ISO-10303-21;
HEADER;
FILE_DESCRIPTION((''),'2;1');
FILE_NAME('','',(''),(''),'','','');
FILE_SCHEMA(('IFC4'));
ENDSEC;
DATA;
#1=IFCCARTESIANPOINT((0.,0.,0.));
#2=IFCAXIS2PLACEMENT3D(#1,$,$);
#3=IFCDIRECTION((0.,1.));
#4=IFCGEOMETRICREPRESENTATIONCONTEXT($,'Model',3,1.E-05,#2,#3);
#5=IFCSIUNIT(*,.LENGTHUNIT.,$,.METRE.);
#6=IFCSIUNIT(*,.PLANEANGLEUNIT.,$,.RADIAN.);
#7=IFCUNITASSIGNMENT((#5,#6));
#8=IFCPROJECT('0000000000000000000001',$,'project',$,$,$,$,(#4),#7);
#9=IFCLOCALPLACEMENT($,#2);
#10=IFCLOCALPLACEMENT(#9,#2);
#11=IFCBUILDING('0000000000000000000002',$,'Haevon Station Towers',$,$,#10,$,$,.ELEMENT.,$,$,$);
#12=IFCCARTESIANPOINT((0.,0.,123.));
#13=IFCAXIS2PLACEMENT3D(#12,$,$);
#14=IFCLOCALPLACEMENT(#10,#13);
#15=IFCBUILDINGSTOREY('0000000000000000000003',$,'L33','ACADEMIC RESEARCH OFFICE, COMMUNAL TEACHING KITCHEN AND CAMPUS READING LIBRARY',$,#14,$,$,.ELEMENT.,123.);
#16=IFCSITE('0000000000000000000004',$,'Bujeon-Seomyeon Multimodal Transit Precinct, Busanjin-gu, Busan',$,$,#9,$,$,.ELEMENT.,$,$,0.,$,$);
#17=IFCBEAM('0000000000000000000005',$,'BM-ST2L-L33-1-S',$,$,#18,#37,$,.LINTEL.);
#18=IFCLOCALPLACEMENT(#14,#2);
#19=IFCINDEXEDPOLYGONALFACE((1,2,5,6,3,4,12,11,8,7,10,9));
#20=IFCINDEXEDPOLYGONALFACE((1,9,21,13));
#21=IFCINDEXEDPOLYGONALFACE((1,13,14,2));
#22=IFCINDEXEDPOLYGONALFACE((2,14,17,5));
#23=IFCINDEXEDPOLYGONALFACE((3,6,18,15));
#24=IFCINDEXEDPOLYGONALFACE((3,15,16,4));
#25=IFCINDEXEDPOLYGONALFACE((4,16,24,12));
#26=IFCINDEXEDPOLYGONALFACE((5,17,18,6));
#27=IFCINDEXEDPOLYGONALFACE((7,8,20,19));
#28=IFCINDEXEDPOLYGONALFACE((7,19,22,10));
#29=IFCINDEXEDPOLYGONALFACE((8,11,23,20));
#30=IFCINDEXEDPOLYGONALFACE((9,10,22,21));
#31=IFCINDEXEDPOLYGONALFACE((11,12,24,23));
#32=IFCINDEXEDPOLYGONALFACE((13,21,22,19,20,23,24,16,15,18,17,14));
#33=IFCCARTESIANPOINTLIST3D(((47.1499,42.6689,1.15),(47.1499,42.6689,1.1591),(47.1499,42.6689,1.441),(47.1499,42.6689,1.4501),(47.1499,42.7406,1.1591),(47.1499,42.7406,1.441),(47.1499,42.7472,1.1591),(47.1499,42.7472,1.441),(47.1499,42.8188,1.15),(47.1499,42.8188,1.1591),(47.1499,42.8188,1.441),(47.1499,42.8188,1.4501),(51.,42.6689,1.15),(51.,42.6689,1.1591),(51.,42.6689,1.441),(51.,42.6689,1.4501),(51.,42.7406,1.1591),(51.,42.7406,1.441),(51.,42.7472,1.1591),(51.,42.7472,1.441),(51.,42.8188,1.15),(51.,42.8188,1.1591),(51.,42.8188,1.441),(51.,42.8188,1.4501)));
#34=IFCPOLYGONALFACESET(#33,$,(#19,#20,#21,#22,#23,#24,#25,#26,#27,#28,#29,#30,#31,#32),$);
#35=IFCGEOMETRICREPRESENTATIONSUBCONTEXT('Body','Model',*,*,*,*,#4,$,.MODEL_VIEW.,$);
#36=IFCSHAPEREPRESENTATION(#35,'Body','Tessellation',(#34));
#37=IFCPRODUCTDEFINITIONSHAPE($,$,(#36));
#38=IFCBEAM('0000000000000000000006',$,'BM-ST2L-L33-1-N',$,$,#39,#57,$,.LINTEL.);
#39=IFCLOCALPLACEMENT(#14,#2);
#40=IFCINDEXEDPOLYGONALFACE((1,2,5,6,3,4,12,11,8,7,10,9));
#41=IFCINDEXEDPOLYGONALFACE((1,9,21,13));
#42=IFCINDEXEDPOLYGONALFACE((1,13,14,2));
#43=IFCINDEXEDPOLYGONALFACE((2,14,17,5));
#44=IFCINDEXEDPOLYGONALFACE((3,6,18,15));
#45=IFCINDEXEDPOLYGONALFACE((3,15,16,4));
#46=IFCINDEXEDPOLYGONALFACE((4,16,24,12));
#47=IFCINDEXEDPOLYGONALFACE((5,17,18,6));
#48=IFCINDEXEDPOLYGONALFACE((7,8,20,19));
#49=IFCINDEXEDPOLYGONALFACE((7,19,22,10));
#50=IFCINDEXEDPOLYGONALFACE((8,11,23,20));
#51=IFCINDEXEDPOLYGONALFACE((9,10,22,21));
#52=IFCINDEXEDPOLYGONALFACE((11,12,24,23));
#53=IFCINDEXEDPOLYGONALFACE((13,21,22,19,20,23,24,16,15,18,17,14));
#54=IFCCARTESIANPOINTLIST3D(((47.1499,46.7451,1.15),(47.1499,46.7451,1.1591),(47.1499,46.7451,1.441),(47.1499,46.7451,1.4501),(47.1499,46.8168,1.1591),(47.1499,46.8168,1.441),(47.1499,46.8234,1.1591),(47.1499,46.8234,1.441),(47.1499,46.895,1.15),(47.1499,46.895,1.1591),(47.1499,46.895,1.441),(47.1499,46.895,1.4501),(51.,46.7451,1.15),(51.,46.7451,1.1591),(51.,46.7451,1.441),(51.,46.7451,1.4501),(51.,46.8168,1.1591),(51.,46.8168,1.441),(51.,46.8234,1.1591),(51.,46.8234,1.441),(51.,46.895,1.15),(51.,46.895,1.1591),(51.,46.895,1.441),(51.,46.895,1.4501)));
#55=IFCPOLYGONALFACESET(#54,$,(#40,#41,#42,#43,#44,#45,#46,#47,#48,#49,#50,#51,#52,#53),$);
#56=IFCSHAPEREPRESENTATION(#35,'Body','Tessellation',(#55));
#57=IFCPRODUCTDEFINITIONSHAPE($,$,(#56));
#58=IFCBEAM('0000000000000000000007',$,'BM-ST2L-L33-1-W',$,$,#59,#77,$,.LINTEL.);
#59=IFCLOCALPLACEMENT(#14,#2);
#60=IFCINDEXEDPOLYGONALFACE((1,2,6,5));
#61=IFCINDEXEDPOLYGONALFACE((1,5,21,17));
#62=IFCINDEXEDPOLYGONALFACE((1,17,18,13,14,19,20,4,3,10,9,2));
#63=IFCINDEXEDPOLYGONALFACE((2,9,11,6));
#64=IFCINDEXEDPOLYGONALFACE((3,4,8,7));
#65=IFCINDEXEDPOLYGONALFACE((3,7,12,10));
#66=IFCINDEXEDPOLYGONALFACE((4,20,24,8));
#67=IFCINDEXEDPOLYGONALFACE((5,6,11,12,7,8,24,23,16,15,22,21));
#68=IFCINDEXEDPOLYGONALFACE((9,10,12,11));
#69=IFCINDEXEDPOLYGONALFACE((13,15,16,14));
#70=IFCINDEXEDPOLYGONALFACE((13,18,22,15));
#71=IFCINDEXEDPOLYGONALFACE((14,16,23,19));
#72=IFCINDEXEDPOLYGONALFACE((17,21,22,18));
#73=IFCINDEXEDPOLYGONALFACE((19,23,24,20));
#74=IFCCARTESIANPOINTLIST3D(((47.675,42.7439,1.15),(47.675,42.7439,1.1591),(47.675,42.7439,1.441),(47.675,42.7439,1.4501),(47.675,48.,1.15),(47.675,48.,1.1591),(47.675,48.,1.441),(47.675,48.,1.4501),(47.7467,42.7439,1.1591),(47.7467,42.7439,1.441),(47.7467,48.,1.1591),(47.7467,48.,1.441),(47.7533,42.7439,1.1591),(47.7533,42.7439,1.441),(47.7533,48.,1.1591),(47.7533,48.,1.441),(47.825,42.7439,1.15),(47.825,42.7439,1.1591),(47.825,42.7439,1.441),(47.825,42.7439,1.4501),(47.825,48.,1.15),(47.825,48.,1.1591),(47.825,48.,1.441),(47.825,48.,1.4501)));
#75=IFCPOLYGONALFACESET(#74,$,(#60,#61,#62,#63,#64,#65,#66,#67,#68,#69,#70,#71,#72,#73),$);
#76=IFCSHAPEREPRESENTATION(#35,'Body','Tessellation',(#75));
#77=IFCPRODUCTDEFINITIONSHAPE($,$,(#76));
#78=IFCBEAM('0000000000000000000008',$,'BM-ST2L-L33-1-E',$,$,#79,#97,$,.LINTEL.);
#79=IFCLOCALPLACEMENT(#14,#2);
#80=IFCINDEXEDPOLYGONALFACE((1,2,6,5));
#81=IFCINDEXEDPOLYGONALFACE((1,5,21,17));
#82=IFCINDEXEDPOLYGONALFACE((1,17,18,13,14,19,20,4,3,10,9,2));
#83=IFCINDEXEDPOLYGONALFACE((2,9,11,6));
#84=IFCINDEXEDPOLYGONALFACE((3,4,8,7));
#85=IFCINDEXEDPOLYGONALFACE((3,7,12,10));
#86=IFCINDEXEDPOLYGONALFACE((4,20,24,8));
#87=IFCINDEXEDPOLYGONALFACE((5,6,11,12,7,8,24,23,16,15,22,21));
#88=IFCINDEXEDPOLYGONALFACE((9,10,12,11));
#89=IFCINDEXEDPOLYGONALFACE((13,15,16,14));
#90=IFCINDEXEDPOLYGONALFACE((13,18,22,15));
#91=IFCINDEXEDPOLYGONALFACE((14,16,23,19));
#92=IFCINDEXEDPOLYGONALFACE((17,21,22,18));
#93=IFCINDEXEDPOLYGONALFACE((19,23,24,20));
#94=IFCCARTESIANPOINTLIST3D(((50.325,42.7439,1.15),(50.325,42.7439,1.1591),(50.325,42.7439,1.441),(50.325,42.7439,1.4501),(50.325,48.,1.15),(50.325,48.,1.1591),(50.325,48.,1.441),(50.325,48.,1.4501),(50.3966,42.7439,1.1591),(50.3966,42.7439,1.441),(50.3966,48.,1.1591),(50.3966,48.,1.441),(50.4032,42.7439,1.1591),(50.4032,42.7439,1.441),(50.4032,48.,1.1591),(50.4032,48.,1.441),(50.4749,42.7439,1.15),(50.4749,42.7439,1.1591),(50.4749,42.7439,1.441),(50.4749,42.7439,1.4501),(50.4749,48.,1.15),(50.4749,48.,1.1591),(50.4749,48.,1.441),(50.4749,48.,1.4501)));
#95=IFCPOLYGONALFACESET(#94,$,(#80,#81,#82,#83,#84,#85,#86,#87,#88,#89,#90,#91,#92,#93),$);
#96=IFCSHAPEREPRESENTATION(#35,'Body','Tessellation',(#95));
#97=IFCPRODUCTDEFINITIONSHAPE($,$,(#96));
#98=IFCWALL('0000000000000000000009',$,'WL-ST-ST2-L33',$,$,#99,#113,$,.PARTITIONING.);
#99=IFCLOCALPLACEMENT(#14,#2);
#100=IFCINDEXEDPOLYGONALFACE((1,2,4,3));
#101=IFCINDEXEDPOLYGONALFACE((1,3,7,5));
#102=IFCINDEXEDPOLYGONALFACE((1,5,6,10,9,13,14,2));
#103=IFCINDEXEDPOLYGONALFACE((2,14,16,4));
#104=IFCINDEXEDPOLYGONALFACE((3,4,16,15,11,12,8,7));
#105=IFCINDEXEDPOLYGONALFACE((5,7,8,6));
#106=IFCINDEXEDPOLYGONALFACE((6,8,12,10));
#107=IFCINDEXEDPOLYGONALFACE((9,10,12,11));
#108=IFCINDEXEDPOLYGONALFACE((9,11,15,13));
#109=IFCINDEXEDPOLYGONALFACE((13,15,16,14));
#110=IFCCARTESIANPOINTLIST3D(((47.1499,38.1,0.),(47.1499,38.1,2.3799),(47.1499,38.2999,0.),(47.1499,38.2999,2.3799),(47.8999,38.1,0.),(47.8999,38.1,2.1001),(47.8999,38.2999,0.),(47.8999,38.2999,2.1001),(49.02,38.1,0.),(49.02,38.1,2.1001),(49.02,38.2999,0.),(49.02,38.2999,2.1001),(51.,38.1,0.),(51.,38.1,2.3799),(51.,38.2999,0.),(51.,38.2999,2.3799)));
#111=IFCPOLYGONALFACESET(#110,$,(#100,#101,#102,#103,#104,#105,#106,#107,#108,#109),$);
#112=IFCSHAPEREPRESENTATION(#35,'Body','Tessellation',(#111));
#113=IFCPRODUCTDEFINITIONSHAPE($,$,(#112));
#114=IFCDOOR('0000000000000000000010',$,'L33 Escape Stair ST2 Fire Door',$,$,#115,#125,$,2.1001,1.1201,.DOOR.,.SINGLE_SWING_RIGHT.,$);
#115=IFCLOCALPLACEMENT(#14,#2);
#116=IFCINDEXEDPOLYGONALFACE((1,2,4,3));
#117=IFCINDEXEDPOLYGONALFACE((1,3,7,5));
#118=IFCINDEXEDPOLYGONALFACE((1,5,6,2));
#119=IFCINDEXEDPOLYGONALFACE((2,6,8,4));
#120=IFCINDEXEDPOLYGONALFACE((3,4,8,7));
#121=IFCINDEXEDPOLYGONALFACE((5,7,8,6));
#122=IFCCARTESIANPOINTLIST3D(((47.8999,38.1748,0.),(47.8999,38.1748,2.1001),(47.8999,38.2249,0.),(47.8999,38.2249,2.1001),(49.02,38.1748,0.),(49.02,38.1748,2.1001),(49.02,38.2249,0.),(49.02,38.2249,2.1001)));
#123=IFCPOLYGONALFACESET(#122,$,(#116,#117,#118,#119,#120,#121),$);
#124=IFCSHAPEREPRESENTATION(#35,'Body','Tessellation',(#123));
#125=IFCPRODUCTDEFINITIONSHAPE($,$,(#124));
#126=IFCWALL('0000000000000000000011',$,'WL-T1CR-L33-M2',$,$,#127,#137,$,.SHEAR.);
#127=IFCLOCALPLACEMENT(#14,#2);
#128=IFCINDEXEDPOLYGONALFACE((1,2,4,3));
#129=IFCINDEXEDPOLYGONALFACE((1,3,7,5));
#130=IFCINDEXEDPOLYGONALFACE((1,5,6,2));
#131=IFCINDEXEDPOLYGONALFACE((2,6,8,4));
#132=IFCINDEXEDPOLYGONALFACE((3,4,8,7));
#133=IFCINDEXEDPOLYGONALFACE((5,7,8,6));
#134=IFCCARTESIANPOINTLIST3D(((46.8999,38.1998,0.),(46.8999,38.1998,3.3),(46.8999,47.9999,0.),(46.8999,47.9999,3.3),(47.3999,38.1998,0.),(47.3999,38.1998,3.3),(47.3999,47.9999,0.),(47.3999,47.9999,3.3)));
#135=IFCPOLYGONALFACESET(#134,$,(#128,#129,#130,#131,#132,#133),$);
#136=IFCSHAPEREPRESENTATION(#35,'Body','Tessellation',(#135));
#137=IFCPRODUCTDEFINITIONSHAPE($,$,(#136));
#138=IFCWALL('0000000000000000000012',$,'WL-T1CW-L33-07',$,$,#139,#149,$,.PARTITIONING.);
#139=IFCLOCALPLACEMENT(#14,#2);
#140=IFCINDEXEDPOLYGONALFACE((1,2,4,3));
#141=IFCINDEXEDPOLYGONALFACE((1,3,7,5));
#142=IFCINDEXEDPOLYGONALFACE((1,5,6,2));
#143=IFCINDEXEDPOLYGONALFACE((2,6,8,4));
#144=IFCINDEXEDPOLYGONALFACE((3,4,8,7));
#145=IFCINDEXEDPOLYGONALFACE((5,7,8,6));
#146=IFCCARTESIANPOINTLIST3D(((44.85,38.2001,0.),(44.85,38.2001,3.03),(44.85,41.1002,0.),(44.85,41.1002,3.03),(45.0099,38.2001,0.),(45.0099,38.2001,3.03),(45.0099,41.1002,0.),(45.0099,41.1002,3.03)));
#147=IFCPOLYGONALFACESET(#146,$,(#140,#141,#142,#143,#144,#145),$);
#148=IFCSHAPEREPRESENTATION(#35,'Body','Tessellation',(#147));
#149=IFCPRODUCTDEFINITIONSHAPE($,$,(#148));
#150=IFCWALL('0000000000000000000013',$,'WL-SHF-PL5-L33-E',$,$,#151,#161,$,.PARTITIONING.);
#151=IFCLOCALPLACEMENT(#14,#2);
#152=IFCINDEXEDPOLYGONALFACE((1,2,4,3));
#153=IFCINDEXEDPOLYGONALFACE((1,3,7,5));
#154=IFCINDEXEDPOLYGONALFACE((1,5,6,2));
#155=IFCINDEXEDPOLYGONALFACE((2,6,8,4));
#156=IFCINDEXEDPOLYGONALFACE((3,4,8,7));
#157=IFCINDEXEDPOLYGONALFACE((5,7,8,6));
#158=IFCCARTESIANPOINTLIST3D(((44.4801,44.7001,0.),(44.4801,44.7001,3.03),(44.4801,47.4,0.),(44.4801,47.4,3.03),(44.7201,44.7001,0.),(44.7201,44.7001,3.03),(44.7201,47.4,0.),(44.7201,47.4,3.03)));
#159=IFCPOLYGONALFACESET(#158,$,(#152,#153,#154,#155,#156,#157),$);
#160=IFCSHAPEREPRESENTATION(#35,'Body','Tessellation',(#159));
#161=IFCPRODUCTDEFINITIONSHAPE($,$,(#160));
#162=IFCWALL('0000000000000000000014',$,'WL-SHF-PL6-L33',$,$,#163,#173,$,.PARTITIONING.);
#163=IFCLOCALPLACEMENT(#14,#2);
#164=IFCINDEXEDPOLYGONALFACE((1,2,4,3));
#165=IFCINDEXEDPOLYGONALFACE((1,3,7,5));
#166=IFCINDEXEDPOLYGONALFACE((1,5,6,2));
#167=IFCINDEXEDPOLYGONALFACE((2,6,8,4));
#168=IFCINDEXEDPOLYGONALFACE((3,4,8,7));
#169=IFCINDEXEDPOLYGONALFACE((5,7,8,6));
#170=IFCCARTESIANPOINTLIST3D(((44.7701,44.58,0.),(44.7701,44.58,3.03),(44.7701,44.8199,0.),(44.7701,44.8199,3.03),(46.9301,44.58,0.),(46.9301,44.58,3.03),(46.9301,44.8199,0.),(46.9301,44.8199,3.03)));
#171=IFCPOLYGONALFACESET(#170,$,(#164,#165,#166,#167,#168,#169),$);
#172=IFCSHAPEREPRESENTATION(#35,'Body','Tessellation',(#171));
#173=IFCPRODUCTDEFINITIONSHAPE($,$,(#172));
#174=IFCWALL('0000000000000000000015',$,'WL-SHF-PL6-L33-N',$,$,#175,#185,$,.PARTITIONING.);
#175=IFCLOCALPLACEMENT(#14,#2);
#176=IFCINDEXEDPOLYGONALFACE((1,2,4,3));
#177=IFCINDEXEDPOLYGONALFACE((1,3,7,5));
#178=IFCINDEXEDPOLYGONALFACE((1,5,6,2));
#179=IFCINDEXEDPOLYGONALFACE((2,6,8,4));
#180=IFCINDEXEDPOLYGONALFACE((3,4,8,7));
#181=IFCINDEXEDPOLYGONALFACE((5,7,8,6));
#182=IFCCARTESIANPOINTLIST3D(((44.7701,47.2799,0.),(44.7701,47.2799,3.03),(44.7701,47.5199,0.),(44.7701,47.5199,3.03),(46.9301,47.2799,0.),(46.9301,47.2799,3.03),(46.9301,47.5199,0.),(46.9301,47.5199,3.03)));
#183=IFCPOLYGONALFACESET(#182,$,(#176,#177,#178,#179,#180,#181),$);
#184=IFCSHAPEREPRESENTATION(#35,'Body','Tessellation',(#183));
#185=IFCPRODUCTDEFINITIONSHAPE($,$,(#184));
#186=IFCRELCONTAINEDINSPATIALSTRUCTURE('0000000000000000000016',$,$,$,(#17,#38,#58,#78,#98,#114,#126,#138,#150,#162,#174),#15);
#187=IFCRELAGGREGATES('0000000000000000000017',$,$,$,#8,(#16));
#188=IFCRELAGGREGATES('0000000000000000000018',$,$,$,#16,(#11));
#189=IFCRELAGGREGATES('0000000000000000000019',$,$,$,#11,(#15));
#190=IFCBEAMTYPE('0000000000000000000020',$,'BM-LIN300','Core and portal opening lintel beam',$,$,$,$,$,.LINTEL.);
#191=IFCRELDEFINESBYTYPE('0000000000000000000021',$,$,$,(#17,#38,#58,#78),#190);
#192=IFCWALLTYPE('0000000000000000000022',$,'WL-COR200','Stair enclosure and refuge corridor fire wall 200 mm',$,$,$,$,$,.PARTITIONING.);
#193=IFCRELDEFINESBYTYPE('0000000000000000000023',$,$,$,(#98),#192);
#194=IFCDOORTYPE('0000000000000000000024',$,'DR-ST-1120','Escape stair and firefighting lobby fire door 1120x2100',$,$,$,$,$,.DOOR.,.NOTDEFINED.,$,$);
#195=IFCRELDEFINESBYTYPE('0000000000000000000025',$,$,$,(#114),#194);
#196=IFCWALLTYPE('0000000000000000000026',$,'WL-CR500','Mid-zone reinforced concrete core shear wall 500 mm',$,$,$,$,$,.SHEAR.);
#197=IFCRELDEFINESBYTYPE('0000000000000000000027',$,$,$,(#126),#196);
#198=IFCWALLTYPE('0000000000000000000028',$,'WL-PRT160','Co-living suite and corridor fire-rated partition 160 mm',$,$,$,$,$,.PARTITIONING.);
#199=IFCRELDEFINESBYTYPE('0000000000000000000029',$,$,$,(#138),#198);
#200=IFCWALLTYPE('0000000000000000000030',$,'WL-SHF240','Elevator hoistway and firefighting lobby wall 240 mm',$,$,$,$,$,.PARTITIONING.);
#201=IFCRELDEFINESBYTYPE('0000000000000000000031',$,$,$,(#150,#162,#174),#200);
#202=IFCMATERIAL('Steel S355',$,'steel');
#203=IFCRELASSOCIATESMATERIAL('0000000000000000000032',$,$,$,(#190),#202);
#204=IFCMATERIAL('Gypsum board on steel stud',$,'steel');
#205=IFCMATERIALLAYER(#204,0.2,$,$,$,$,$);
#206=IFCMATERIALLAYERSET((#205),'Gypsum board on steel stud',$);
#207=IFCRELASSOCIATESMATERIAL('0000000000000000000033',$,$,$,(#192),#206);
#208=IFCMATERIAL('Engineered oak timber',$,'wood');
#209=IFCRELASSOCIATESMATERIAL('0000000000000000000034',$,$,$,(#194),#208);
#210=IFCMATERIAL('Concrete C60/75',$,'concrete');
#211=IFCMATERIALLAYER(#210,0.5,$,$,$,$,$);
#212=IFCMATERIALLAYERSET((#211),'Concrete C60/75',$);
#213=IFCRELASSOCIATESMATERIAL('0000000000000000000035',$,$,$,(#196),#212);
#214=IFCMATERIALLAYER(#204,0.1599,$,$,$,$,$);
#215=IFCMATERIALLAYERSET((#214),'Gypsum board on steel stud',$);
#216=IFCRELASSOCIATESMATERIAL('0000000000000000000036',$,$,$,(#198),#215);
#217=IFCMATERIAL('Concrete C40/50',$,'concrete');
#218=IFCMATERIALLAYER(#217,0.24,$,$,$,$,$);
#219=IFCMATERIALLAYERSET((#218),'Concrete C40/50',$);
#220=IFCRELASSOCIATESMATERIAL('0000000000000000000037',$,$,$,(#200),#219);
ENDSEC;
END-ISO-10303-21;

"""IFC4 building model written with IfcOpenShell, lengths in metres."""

from ifc_helpers import new_model, si_unit, direction, frame, frame_2d, origin, origin_2d, place, context, subcontext, project, spatial, rectangle, i_section, extrude, material, layer, layer_set, material_profile, profile_set, type_object, element, fill, save


model = new_model("IFC4")

# Units and contexts
model_context = context("Model", 3, precision=1e-05, world=origin(), true_north=direction((0.0, 1.0)))
body_context = subcontext(model_context, "Body", "Model", "MODEL_VIEW")
ifc_project = project(units=[si_unit("LENGTHUNIT", "METRE"), si_unit("PLANEANGLEUNIT", "RADIAN")], contexts=[model_context])

# Site, building, storey
site_placement = place(None, origin())
site = spatial("IfcSite", under=ifc_project, at=site_placement, Name="Bujeon-Seomyeon Multimodal Transit Precinct, Busanjin-gu, Busan", CompositionType="ELEMENT", RefElevation=0.0)
building_placement = place(site_placement, origin())
building = spatial("IfcBuilding", under=site, at=building_placement, Name="Haevon Station Towers", CompositionType="ELEMENT")
storey_placement = place(building_placement, frame((0.0, 0.0, 123.0)))
storey = spatial("IfcBuildingStorey", under=building, at=storey_placement, Name="L33", Description="ACADEMIC RESEARCH OFFICE, COMMUNAL TEACHING KITCHEN AND CAMPUS READING LIBRARY", CompositionType="ELEMENT", Elevation=123.0)

# Beams
ifc_material_1 = material(Name="Steel S355", Category="steel")
ifc_material_profile = material_profile(ifc_material_1, i_section(OverallWidth=0.1499, OverallDepth=0.3, WebThickness=0.0066, FlangeThickness=0.009, at=origin_2d()), Name="H-300x150x6.5x9")
ifc_profile_set = profile_set([ifc_material_profile], Name="Steel S355")
beam_type = type_object("IfcBeamType", Name="BM-LIN300", Description="Core and portal opening lintel beam", PredefinedType="LINTEL", material=ifc_profile_set)
for number, where, z_axis, x_axis, name in (
    (1, (47.1499, 42.7439, 1.3), (1.0, 0.0, 0.0), (0.0, 1.0, 0.0), "BM-ST2L-L33-1-S"),
    (2, (47.1499, 46.8201, 1.3), (1.0, 0.0, 0.0), (0.0, 1.0, 0.0), "BM-ST2L-L33-1-N"),
):
    element("IfcBeam", number, at=place(storey_placement, frame(where, z_axis=z_axis, x_axis=x_axis)), inside=storey, type_object=beam_type, Name=name, PredefinedType="LINTEL", context=body_context, shape_type="SweptSolid", body=[
        extrude(i_section(OverallWidth=0.1499, OverallDepth=0.3, WebThickness=0.0066, FlangeThickness=0.009, at=origin_2d()), origin(), (0.0, 0.0, 1.0), 3.8501),
    ])
for number, where, z_axis, x_axis, name in (
    (3, (47.75, 42.7439, 1.3), (0.0, 1.0, 0.0), (-1.0, 0.0, 0.0), "BM-ST2L-L33-1-W"),
    (4, (50.3999, 42.7439, 1.3), (0.0, 1.0, 0.0), (-1.0, 0.0, 0.0), "BM-ST2L-L33-1-E"),
):
    element("IfcBeam", number, at=place(storey_placement, frame(where, z_axis=z_axis, x_axis=x_axis)), inside=storey, type_object=beam_type, Name=name, PredefinedType="LINTEL", context=body_context, shape_type="SweptSolid", body=[
        extrude(i_section(OverallWidth=0.1499, OverallDepth=0.3, WebThickness=0.0066, FlangeThickness=0.009, at=origin_2d()), origin(), (0.0, 0.0, 1.0), 5.2561),
    ])

# Wall, opening, door
ifc_material_2 = material(Name="Gypsum board on steel stud", Category="steel")
ifc_layer_1 = layer(ifc_material_2, 0.2)
ifc_layer_set_1 = layer_set([ifc_layer_1], Name="Gypsum board on steel stud")
wall_type_1 = type_object("IfcWallType", Name="WL-COR200", Description="Stair enclosure and refuge corridor fire wall 200 mm", PredefinedType="PARTITIONING", material=ifc_layer_set_1)
wall_1_placement = place(storey_placement, frame((47.1499, 38.2, 0.0), z_axis=(0.0, 0.0, 1.0), x_axis=(1.0, 0.0, 0.0)))
wall_1 = element("IfcWall", 5, at=wall_1_placement, inside=storey, type_object=wall_type_1, Name="WL-ST-ST2-L33", PredefinedType="PARTITIONING", context=body_context, shape_type="SweptSolid", body=[
    extrude(rectangle(XDim=3.8501, YDim=0.2, at=frame_2d((1.925, 0.0))), origin(), (0.0, 0.0, 1.0), 2.3799),
])
opening_placement = place(wall_1_placement, frame((0.75, 0.0, 0.0)))
opening = element("IfcOpeningElement", 6, at=opening_placement, cuts=wall_1, PredefinedType="OPENING", context=body_context, shape_type="SweptSolid", body=[
    extrude(rectangle(XDim=1.1201, YDim=2.1001, at=frame_2d((0.5601, 1.05))), frame((0.0, 0.1099, 0.0), z_axis=(0.0, -1.0, 0.0), x_axis=(1.0, 0.0, 0.0)), (0.0, 0.0, 1.0), 0.22),
])
ifc_material_3 = material(Name="Engineered oak timber", Category="wood")
door_type = type_object("IfcDoorType", Name="DR-ST-1120", Description="Escape stair and firefighting lobby fire door 1120x2100", OperationType="NOTDEFINED", PredefinedType="DOOR", material=ifc_material_3)
door_placement = place(opening_placement, origin())
door = element("IfcDoor", 7, at=door_placement, inside=storey, type_object=door_type, Name="L33 Escape Stair ST2 Fire Door", OperationType="SINGLE_SWING_RIGHT", OverallHeight=2.1001, OverallWidth=1.1201, PredefinedType="DOOR", context=body_context, shape_type="SweptSolid", body=[
    extrude(rectangle(XDim=1.1201, YDim=2.1001, at=frame_2d((0.5601, 1.05))), frame((0.0, 0.0249, 0.0), z_axis=(0.0, -1.0, 0.0), x_axis=(1.0, 0.0, 0.0)), (0.0, 0.0, 1.0), 0.05),
])
fill(opening, door)

# Walls
ifc_material_4 = material(Name="Concrete C60/75", Category="concrete")
ifc_layer_2 = layer(ifc_material_4, 0.5)
ifc_layer_set_2 = layer_set([ifc_layer_2], Name="Concrete C60/75")
wall_type_2 = type_object("IfcWallType", Name="WL-CR500", Description="Mid-zone reinforced concrete core shear wall 500 mm", PredefinedType="SHEAR", material=ifc_layer_set_2)
wall_2_placement = place(storey_placement, frame((47.1499, 38.2, 0.0), z_axis=(0.0, 0.0, 1.0), x_axis=(0.0, 1.0, 0.0)))
element("IfcWall", 8, at=wall_2_placement, inside=storey, type_object=wall_type_2, Name="WL-T1CR-L33-M2", PredefinedType="SHEAR", context=body_context, shape_type="SweptSolid", body=[
    extrude(rectangle(XDim=9.8, YDim=0.5, at=frame_2d((4.8999, 0.0))), origin(), (0.0, 0.0, 1.0), 3.3),
])
ifc_layer_3 = layer(ifc_material_2, 0.1599)
ifc_layer_set_3 = layer_set([ifc_layer_3], Name="Gypsum board on steel stud")
wall_type_3 = type_object("IfcWallType", Name="WL-PRT160", Description="Co-living suite and corridor fire-rated partition 160 mm", PredefinedType="PARTITIONING", material=ifc_layer_set_3)
wall_3_placement = place(storey_placement, frame((44.9299, 38.2, 0.0), z_axis=(0.0, 0.0, 1.0), x_axis=(0.0, 1.0, 0.0)))
element("IfcWall", 9, at=wall_3_placement, inside=storey, type_object=wall_type_3, Name="WL-T1CW-L33-07", PredefinedType="PARTITIONING", context=body_context, shape_type="SweptSolid", body=[
    extrude(rectangle(XDim=2.9001, YDim=0.1599, at=frame_2d((1.4502, 0.0))), origin(), (0.0, 0.0, 1.0), 3.03),
])
ifc_material_5 = material(Name="Concrete C40/50", Category="concrete")
ifc_layer_4 = layer(ifc_material_5, 0.24)
ifc_layer_set_4 = layer_set([ifc_layer_4], Name="Concrete C40/50")
wall_type_4 = type_object("IfcWallType", Name="WL-SHF240", Description="Elevator hoistway and firefighting lobby wall 240 mm", PredefinedType="PARTITIONING", material=ifc_layer_set_4)
wall_4_placement = place(storey_placement, frame((44.6001, 44.7, 0.0), z_axis=(0.0, 0.0, 1.0), x_axis=(0.0, 1.0, 0.0)))
element("IfcWall", 10, at=wall_4_placement, inside=storey, type_object=wall_type_4, Name="WL-SHF-PL5-L33-E", PredefinedType="PARTITIONING", context=body_context, shape_type="SweptSolid", body=[
    extrude(rectangle(XDim=2.7, YDim=0.24, at=frame_2d((1.3501, 0.0))), origin(), (0.0, 0.0, 1.0), 3.03),
])
for number, where, z_axis, x_axis, name in (
    (11, (44.77, 44.7, 0.0), (0.0, 0.0, 1.0), (1.0, 0.0, 0.0), "WL-SHF-PL6-L33"),
    (12, (44.77, 47.3999, 0.0), (0.0, 0.0, 1.0), (1.0, 0.0, 0.0), "WL-SHF-PL6-L33-N"),
):
    element("IfcWall", number, at=place(storey_placement, frame(where, z_axis=z_axis, x_axis=x_axis)), inside=storey, type_object=wall_type_4, Name=name, PredefinedType="PARTITIONING", context=body_context, shape_type="SweptSolid", body=[
        extrude(rectangle(XDim=2.1599, YDim=0.24, at=frame_2d((1.0801, 0.0))), origin(), (0.0, 0.0, 1.0), 3.03),
    ])

save(model, "model.ifc")
